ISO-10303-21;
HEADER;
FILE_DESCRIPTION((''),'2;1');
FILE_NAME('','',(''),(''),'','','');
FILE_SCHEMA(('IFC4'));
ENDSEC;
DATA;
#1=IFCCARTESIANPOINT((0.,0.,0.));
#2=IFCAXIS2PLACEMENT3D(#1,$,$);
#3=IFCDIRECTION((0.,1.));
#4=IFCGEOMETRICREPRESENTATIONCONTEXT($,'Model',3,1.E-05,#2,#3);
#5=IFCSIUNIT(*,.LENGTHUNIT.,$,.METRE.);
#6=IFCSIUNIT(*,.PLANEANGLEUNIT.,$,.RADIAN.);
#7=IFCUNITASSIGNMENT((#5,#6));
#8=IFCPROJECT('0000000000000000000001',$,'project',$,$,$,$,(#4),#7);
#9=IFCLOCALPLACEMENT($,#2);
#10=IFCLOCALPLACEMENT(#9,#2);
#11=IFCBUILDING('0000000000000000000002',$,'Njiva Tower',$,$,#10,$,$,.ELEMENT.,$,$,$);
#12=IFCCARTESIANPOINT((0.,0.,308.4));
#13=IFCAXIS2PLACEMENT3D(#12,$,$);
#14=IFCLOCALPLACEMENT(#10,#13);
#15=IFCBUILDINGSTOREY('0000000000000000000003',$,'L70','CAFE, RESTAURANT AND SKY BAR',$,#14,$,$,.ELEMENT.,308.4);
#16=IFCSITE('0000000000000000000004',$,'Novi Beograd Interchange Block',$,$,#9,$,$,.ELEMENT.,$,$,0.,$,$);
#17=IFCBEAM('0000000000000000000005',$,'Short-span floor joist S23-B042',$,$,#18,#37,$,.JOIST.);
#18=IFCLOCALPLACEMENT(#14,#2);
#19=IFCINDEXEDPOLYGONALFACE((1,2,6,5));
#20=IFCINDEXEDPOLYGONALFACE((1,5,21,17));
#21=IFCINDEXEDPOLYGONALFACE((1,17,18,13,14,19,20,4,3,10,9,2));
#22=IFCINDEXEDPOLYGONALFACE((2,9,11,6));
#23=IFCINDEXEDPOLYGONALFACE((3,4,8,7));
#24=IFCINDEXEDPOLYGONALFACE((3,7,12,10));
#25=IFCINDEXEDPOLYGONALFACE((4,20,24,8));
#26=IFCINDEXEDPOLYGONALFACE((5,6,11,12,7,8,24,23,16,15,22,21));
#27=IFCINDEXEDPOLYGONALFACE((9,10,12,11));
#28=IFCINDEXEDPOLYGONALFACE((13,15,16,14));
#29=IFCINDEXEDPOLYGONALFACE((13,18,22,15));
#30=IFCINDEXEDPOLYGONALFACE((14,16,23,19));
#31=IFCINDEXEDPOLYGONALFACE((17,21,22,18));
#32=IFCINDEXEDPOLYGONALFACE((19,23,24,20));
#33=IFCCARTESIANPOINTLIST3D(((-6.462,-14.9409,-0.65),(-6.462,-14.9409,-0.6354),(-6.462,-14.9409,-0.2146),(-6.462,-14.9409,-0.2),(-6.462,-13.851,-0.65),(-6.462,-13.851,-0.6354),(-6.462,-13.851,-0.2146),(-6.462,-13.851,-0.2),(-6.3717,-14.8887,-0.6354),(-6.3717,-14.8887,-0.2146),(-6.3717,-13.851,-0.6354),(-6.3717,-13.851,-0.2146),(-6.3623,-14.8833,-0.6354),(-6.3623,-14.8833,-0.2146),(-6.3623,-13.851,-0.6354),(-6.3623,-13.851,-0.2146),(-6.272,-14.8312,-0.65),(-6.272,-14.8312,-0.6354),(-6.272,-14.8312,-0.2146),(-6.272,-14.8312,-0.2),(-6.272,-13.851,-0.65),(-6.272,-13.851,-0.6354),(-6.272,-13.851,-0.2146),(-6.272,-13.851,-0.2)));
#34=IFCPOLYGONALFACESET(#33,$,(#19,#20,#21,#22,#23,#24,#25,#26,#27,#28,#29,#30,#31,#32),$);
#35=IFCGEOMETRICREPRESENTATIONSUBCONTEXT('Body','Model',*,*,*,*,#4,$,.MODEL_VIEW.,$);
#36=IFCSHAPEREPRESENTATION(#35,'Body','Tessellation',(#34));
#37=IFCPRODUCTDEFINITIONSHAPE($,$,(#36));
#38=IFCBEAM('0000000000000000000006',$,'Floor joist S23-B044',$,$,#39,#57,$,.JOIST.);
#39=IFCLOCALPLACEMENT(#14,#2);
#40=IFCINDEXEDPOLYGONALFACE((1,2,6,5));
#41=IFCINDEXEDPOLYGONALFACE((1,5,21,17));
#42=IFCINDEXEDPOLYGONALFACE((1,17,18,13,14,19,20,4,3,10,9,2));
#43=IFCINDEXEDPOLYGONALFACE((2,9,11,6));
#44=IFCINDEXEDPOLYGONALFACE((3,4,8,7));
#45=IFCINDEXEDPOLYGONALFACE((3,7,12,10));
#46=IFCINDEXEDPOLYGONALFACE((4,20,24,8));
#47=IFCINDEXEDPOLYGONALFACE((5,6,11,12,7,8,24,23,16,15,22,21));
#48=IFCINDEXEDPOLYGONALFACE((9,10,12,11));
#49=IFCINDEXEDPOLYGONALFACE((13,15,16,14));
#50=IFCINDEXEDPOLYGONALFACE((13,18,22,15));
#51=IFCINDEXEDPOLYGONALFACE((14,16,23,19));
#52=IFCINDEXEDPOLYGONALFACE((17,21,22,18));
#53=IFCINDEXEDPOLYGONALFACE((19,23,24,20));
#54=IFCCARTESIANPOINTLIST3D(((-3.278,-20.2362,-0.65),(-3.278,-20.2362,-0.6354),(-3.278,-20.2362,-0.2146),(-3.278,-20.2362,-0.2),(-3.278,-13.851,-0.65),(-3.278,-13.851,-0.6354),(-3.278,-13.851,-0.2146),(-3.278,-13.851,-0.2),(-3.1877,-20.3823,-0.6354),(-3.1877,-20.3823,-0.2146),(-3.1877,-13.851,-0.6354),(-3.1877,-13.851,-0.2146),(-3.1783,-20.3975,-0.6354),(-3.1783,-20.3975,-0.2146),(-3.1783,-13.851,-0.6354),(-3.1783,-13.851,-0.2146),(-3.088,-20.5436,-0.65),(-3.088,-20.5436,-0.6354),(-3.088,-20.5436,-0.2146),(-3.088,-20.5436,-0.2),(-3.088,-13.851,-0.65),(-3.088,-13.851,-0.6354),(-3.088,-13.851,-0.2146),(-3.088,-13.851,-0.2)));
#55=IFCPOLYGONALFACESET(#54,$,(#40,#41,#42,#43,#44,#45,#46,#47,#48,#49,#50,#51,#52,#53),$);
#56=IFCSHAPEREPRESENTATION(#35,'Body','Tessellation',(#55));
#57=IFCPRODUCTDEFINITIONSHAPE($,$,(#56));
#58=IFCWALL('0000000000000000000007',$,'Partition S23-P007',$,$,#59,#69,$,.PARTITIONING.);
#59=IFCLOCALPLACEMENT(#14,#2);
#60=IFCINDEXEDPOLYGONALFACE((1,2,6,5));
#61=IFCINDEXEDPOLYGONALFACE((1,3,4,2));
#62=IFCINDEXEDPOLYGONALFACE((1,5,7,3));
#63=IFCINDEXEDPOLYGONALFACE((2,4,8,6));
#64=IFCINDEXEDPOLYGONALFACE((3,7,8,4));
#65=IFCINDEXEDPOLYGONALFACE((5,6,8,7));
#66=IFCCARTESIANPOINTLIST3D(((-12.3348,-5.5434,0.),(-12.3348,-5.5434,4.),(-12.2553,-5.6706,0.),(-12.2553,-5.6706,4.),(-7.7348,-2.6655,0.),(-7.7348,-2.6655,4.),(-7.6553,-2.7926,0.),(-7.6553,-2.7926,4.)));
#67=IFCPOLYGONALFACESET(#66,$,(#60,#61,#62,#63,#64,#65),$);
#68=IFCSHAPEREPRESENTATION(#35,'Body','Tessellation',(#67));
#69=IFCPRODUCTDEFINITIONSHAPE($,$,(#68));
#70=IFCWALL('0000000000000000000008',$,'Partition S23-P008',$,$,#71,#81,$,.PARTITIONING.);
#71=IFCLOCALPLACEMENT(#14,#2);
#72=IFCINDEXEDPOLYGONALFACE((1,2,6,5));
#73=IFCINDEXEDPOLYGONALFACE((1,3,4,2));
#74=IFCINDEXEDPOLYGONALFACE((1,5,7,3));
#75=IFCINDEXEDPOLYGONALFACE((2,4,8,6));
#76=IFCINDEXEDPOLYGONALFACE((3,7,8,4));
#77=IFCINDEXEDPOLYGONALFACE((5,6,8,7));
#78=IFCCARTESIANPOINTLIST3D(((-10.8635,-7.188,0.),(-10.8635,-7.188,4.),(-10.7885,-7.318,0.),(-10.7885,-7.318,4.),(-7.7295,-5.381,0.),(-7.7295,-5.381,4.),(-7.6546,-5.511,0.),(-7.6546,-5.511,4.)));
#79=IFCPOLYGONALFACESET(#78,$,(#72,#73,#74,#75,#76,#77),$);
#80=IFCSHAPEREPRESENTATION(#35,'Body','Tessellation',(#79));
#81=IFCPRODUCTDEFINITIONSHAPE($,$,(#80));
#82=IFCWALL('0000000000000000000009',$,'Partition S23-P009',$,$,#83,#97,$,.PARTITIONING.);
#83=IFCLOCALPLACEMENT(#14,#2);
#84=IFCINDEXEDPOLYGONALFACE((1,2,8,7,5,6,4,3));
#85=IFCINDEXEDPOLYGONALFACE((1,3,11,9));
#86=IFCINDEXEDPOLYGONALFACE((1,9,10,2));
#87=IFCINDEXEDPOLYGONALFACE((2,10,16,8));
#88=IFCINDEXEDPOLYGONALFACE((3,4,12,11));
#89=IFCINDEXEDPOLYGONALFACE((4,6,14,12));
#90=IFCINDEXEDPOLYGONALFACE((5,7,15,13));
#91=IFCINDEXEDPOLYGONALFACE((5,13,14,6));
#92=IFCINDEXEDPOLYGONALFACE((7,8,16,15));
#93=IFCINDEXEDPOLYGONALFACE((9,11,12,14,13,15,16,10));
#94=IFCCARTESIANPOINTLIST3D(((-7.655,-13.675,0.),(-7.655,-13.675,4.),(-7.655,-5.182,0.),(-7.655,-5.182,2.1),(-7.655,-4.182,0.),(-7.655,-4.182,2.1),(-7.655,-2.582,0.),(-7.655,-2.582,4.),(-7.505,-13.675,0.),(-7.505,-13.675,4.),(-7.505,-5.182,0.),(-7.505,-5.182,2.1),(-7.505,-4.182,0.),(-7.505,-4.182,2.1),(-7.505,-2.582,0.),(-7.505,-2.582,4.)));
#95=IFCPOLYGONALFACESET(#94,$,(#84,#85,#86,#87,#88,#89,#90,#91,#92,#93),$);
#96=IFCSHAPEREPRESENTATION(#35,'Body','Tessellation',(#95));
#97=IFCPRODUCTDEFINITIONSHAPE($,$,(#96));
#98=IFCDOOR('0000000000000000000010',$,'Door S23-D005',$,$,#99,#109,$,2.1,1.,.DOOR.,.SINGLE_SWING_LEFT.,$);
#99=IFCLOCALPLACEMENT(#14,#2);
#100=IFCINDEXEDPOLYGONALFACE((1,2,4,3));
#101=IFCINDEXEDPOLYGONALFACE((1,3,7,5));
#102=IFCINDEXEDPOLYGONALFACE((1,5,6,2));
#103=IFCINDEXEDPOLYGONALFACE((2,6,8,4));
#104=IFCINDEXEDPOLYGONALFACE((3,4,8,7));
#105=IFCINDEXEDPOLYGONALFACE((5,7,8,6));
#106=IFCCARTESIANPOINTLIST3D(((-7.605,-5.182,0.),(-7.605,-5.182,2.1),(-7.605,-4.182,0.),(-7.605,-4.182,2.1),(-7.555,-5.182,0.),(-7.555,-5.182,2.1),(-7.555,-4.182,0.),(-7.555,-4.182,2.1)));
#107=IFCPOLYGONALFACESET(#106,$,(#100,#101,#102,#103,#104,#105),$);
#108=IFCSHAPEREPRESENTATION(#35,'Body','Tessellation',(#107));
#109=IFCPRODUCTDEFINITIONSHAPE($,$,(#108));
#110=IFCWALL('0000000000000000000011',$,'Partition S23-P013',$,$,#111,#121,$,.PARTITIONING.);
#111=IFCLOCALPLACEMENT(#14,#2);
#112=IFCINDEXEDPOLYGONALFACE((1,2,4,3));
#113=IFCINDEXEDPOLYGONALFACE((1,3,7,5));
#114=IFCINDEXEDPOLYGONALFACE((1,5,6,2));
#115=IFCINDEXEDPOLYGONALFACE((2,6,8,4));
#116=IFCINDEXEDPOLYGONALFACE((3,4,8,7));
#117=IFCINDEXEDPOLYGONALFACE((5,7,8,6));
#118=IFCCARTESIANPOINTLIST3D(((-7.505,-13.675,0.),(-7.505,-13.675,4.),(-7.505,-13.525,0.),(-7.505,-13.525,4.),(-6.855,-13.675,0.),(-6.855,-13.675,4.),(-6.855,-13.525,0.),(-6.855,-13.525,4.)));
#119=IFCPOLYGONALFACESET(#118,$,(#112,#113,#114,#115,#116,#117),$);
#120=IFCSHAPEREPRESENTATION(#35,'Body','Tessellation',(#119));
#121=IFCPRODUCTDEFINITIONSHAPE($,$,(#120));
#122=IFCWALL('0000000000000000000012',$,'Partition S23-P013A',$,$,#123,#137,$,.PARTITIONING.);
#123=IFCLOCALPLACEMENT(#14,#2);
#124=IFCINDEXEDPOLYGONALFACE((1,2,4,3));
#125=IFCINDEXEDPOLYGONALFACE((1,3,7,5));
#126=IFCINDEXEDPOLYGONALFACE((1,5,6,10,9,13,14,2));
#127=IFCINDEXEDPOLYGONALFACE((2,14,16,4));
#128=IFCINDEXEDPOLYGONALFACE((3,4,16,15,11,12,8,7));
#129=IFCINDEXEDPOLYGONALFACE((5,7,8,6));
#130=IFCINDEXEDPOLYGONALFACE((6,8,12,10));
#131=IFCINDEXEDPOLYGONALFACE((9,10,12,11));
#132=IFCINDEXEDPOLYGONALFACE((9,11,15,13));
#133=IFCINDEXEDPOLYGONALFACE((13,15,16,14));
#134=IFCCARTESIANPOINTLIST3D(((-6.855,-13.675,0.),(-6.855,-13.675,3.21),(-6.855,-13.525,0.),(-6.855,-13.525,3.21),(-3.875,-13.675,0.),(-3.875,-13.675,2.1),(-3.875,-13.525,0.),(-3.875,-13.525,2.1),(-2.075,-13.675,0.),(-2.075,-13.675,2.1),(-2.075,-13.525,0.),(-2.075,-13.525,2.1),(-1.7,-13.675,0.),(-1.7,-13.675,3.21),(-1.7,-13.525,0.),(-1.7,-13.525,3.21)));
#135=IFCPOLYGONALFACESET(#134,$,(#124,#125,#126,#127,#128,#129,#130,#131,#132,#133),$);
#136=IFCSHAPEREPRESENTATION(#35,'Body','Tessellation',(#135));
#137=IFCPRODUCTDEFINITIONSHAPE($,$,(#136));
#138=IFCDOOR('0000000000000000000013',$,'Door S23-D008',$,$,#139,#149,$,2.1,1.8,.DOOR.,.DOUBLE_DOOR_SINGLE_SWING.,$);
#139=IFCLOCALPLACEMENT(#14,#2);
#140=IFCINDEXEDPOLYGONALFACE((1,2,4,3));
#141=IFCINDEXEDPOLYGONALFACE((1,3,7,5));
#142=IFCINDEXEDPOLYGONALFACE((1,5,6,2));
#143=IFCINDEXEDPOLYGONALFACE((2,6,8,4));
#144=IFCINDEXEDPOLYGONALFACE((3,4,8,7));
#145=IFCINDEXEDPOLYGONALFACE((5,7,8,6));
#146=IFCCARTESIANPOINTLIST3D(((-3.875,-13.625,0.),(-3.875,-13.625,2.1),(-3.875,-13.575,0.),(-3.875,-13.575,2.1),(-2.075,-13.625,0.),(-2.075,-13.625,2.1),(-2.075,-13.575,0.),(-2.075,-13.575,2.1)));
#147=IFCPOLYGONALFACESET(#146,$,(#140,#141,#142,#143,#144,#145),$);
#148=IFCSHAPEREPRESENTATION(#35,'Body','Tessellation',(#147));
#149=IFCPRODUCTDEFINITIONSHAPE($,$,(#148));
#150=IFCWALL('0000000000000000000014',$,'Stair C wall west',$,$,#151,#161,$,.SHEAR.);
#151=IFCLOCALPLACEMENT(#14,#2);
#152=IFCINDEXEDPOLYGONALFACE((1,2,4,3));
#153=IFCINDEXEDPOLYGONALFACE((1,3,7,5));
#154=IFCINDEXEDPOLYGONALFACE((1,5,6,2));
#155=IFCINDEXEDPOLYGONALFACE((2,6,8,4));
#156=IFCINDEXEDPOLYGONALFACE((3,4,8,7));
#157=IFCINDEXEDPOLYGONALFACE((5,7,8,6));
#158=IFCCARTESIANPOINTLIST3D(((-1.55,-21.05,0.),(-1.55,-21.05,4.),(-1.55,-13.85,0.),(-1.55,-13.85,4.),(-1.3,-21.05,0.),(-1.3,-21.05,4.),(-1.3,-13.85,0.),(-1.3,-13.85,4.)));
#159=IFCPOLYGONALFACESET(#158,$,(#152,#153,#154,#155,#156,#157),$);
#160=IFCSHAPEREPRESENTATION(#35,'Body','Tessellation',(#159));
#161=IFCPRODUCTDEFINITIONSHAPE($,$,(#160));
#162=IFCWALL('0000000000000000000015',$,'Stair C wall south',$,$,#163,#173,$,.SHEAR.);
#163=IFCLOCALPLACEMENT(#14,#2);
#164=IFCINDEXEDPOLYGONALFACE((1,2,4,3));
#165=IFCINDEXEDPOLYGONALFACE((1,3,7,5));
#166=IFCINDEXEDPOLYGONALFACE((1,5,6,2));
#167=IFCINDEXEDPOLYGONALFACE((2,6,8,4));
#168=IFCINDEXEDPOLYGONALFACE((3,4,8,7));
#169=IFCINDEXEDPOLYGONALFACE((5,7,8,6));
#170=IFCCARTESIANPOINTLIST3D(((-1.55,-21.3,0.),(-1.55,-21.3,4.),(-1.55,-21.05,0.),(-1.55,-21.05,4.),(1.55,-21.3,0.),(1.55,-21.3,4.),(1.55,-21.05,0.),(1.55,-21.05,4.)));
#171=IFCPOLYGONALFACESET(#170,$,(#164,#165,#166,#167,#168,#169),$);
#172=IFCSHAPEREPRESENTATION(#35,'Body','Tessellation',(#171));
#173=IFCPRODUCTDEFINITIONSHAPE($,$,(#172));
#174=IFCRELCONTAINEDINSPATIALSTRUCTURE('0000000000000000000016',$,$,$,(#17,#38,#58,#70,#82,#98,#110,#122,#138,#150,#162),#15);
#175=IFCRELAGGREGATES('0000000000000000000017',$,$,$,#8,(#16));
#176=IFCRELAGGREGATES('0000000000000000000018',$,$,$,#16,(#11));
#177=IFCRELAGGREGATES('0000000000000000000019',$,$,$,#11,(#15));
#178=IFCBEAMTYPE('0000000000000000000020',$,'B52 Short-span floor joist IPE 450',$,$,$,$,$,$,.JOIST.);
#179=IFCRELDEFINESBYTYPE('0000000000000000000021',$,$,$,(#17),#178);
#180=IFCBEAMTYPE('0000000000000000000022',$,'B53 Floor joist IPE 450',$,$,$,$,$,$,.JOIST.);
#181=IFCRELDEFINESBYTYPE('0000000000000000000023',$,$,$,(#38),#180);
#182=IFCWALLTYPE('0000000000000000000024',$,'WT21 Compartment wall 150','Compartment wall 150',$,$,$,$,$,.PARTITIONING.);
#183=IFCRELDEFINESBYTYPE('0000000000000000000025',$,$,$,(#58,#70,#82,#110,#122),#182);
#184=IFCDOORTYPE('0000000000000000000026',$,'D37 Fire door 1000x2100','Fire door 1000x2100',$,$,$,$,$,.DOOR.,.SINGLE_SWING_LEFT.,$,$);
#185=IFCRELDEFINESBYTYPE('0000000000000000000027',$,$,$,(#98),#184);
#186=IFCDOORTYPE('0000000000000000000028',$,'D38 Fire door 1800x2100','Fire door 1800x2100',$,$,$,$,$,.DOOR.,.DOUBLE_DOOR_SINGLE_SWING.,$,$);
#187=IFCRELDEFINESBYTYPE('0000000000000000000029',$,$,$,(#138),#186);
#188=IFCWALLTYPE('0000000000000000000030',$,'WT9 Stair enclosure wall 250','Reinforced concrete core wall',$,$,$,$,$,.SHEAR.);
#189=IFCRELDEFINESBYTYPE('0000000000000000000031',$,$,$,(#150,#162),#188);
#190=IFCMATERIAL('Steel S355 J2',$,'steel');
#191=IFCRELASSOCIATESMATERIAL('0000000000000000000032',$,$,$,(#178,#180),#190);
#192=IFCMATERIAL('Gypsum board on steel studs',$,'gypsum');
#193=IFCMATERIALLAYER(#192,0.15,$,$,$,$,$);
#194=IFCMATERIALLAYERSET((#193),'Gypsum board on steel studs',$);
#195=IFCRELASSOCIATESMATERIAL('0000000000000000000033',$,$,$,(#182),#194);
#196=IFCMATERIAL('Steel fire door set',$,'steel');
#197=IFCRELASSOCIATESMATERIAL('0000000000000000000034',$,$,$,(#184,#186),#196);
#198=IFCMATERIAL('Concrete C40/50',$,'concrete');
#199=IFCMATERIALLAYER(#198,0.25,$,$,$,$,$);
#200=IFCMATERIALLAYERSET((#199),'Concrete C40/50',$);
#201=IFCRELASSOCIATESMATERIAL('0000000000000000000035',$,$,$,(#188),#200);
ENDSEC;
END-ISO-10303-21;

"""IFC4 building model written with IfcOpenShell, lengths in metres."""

from ifc_helpers import new_model, si_unit, direction, frame, frame_2d, origin, origin_2d, place, context, subcontext, project, spatial, rectangle, i_section, extrude, clip, halfspace, material, layer, layer_set, material_profile, profile_set, type_object, element, fill, save


model = new_model("IFC4")

# Units and contexts
model_context = context("Model", 3, precision=1e-05, world=origin(), true_north=direction((0.0, 1.0)))
body_context = subcontext(model_context, "Body", "Model", "MODEL_VIEW")
ifc_project = project(units=[si_unit("LENGTHUNIT", "METRE"), si_unit("PLANEANGLEUNIT", "RADIAN")], contexts=[model_context])

# Site, building, storey
site_placement = place(None, origin())
site = spatial("IfcSite", under=ifc_project, at=site_placement, Name="Novi Beograd Interchange Block", CompositionType="ELEMENT", RefElevation=0.0)
building_placement = place(site_placement, origin())
building = spatial("IfcBuilding", under=site, at=building_placement, Name="Njiva Tower", CompositionType="ELEMENT")
storey_placement = place(building_placement, frame((0.0, 0.0, 308.4)))
storey = spatial("IfcBuildingStorey", under=building, at=storey_placement, Name="L70", Description="CAFE, RESTAURANT AND SKY BAR", CompositionType="ELEMENT", Elevation=308.4)

# Shared definitions
ifc_material_1 = material(Name="Steel S355 J2", Category="steel")

# Beams
ifc_material_profile_1 = material_profile(ifc_material_1, i_section(OverallWidth=0.19, OverallDepth=0.45, WebThickness=0.0094, FlangeThickness=0.0146, at=origin_2d()), Name="IPE 450")
ifc_profile_set_1 = profile_set([ifc_material_profile_1], Name="Steel S355 J2")
beam_type_1 = type_object("IfcBeamType", Name="B52 Short-span floor joist IPE 450", PredefinedType="JOIST", material=ifc_profile_set_1)
beam_1_placement = place(storey_placement, frame((-6.367, -13.851, -0.425), z_axis=(0.0, -1.0, 0.0), x_axis=(1.0, 0.0, 0.0)))
element("IfcBeam", 1, at=beam_1_placement, inside=storey, type_object=beam_type_1, Name="Short-span floor joist S23-B042", PredefinedType="JOIST", context=body_context, shape_type="Clipping", body=[
    clip(extrude(i_section(OverallWidth=0.19, OverallDepth=0.45, WebThickness=0.0094, FlangeThickness=0.0146, at=origin_2d()), origin(), (0.0, 0.0, 1.0), 1.11), halfspace(frame((0.0253, 0.0, 1.0204), z_axis=(0.499998, 0.0, 0.866027), x_axis=(0.0, 1.0, 0.0)), False)),
])
ifc_material_profile_2 = material_profile(ifc_material_1, i_section(OverallWidth=0.19, OverallDepth=0.45, WebThickness=0.0094, FlangeThickness=0.0146, at=origin_2d()), Name="IPE 450")
ifc_profile_set_2 = profile_set([ifc_material_profile_2], Name="Steel S355 J2")
beam_type_2 = type_object("IfcBeamType", Name="B53 Floor joist IPE 450", PredefinedType="JOIST", material=ifc_profile_set_2)
beam_2_placement = place(storey_placement, frame((-3.183, -13.851, -0.425), z_axis=(0.0, -1.0, 0.0), x_axis=(1.0, 0.0, 0.0)))
element("IfcBeam", 2, at=beam_2_placement, inside=storey, type_object=beam_type_2, Name="Floor joist S23-B044", PredefinedType="JOIST", context=body_context, shape_type="Clipping", body=[
    clip(extrude(i_section(OverallWidth=0.19, OverallDepth=0.45, WebThickness=0.0094, FlangeThickness=0.0146, at=origin_2d()), origin(), (0.0, 0.0, 1.0), 6.712), halfspace(frame((-0.0429, 0.0, 6.4695), z_axis=(-0.850616, 0.0, 0.525788), x_axis=(0.0, 1.0, 0.0)), False)),
])

# Walls
ifc_material_2 = material(Name="Gypsum board on steel studs", Category="gypsum")
ifc_layer_1 = layer(ifc_material_2, 0.15)
ifc_layer_set_1 = layer_set([ifc_layer_1], Name="Gypsum board on steel studs")
wall_type_1 = type_object("IfcWallType", Name="WT21 Compartment wall 150", Description="Compartment wall 150", PredefinedType="PARTITIONING", material=ifc_layer_set_1)
wall_1_placement = place(storey_placement, frame((-12.295, -5.607, 0.0), z_axis=(0.0, 0.0, 1.0), x_axis=(0.84775, 0.530396, 0.0)))
element("IfcWall", 3, at=wall_1_placement, inside=storey, type_object=wall_type_1, Name="Partition S23-P007", PredefinedType="PARTITIONING", context=body_context, shape_type="SweptSolid", body=[
    extrude(rectangle(XDim=5.4261, YDim=0.15, at=frame_2d((2.713, 0.0))), origin(), (0.0, 0.0, 1.0), 4.0),
])
wall_2_placement = place(storey_placement, frame((-10.826, -7.253, 0.0), z_axis=(0.0, 0.0, 1.0), x_axis=(0.866314, 0.499499, 0.0)))
element("IfcWall", 4, at=wall_2_placement, inside=storey, type_object=wall_type_1, Name="Partition S23-P008", PredefinedType="PARTITIONING", context=body_context, shape_type="SweptSolid", body=[
    extrude(rectangle(XDim=3.6176, YDim=0.15, at=frame_2d((1.8088, 0.0))), origin(), (0.0, 0.0, 1.0), 4.0),
])

# Wall, opening, door
wall_3_placement = place(storey_placement, frame((-7.58, -13.675, 0.0), z_axis=(0.0, 0.0, 1.0), x_axis=(0.0, 1.0, 0.0)))
wall_3 = element("IfcWall", 5, at=wall_3_placement, inside=storey, type_object=wall_type_1, Name="Partition S23-P009", PredefinedType="PARTITIONING", context=body_context, shape_type="SweptSolid", body=[
    extrude(rectangle(XDim=11.093, YDim=0.15, at=frame_2d((5.5465, 0.0))), origin(), (0.0, 0.0, 1.0), 4.0),
])
opening_1_placement = place(wall_3_placement, frame((8.493, 0.0, 0.0)))
opening_1 = element("IfcOpeningElement", 6, at=opening_1_placement, cuts=wall_3, PredefinedType="OPENING", context=body_context, shape_type="SweptSolid", body=[
    extrude(rectangle(XDim=1.0, YDim=2.1, at=frame_2d((0.5, 1.05))), frame((0.0, 0.085, 0.0), z_axis=(0.0, -1.0, 0.0), x_axis=(1.0, 0.0, 0.0)), (0.0, 0.0, 1.0), 0.17),
])
ifc_material_3 = material(Name="Steel fire door set", Category="steel")
door_type_1 = type_object("IfcDoorType", Name="D37 Fire door 1000x2100", Description="Fire door 1000x2100", OperationType="SINGLE_SWING_LEFT", PredefinedType="DOOR", material=ifc_material_3)
door_1_placement = place(opening_1_placement, origin())
door_1 = element("IfcDoor", 7, at=door_1_placement, inside=storey, type_object=door_type_1, Name="Door S23-D005", OperationType="SINGLE_SWING_LEFT", OverallHeight=2.1, OverallWidth=1.0, PredefinedType="DOOR", context=body_context, shape_type="SweptSolid", body=[
    extrude(rectangle(XDim=1.0, YDim=2.1, at=frame_2d((0.5, 1.05))), frame((0.0, 0.025, 0.0), z_axis=(0.0, -1.0, 0.0), x_axis=(1.0, 0.0, 0.0)), (0.0, 0.0, 1.0), 0.05),
])
fill(opening_1, door_1)

# Wall
wall_4_placement = place(storey_placement, frame((-7.505, -13.6, 0.0), z_axis=(0.0, 0.0, 1.0), x_axis=(1.0, 0.0, 0.0)))
element("IfcWall", 8, at=wall_4_placement, inside=storey, type_object=wall_type_1, Name="Partition S23-P013", PredefinedType="PARTITIONING", context=body_context, shape_type="SweptSolid", body=[
    extrude(rectangle(XDim=0.65, YDim=0.15, at=frame_2d((0.325, 0.0))), origin(), (0.0, 0.0, 1.0), 4.0),
])

# Wall, opening, door
wall_5_placement = place(storey_placement, frame((-6.855, -13.6, 0.0), z_axis=(0.0, 0.0, 1.0), x_axis=(1.0, 0.0, 0.0)))
wall_5 = element("IfcWall", 9, at=wall_5_placement, inside=storey, type_object=wall_type_1, Name="Partition S23-P013A", PredefinedType="PARTITIONING", context=body_context, shape_type="SweptSolid", body=[
    extrude(rectangle(XDim=5.155, YDim=0.15, at=frame_2d((2.5775, 0.0))), origin(), (0.0, 0.0, 1.0), 3.21),
])
opening_2_placement = place(wall_5_placement, frame((2.98, 0.0, 0.0)))
opening_2 = element("IfcOpeningElement", 10, at=opening_2_placement, cuts=wall_5, PredefinedType="OPENING", context=body_context, shape_type="SweptSolid", body=[
    extrude(rectangle(XDim=1.8, YDim=2.1, at=frame_2d((0.9, 1.05))), frame((0.0, 0.085, 0.0), z_axis=(0.0, -1.0, 0.0), x_axis=(1.0, 0.0, 0.0)), (0.0, 0.0, 1.0), 0.17),
])
door_type_2 = type_object("IfcDoorType", Name="D38 Fire door 1800x2100", Description="Fire door 1800x2100", OperationType="DOUBLE_DOOR_SINGLE_SWING", PredefinedType="DOOR", material=ifc_material_3)
door_2_placement = place(opening_2_placement, origin())
door_2 = element("IfcDoor", 11, at=door_2_placement, inside=storey, type_object=door_type_2, Name="Door S23-D008", OperationType="DOUBLE_DOOR_SINGLE_SWING", OverallHeight=2.1, OverallWidth=1.8, PredefinedType="DOOR", context=body_context, shape_type="SweptSolid", body=[
    extrude(rectangle(XDim=1.8, YDim=2.1, at=frame_2d((0.9, 1.05))), frame((0.0, 0.025, 0.0), z_axis=(0.0, -1.0, 0.0), x_axis=(1.0, 0.0, 0.0)), (0.0, 0.0, 1.0), 0.05),
])
fill(opening_2, door_2)

# Walls
ifc_material_4 = material(Name="Concrete C40/50", Category="concrete")
ifc_layer_2 = layer(ifc_material_4, 0.25)
ifc_layer_set_2 = layer_set([ifc_layer_2], Name="Concrete C40/50")
wall_type_2 = type_object("IfcWallType", Name="WT9 Stair enclosure wall 250", Description="Reinforced concrete core wall", PredefinedType="SHEAR", material=ifc_layer_set_2)
wall_6_placement = place(storey_placement, frame((-1.425, -21.05, 0.0), z_axis=(0.0, 0.0, 1.0), x_axis=(0.0, 1.0, 0.0)))
element("IfcWall", 12, at=wall_6_placement, inside=storey, type_object=wall_type_2, Name="Stair C wall west", PredefinedType="SHEAR", context=body_context, shape_type="SweptSolid", body=[
    extrude(rectangle(XDim=7.2, YDim=0.25, at=frame_2d((3.6, 0.0))), origin(), (0.0, 0.0, 1.0), 4.0),
])
for number, where, z_axis, x_axis, name in (
    (13, (-1.55, -21.175, 0.0), (0.0, 0.0, 1.0), (1.0, 0.0, 0.0), "Stair C wall south"),
):
    element("IfcWall", number, at=place(storey_placement, frame(where, z_axis=z_axis, x_axis=x_axis)), inside=storey, type_object=wall_type_2, Name=name, PredefinedType="SHEAR", context=body_context, shape_type="SweptSolid", body=[
        extrude(rectangle(XDim=3.1, YDim=0.25, at=frame_2d((1.55, 0.0))), origin(), (0.0, 0.0, 1.0), 4.0),
    ])

save(model, "model.ifc")
